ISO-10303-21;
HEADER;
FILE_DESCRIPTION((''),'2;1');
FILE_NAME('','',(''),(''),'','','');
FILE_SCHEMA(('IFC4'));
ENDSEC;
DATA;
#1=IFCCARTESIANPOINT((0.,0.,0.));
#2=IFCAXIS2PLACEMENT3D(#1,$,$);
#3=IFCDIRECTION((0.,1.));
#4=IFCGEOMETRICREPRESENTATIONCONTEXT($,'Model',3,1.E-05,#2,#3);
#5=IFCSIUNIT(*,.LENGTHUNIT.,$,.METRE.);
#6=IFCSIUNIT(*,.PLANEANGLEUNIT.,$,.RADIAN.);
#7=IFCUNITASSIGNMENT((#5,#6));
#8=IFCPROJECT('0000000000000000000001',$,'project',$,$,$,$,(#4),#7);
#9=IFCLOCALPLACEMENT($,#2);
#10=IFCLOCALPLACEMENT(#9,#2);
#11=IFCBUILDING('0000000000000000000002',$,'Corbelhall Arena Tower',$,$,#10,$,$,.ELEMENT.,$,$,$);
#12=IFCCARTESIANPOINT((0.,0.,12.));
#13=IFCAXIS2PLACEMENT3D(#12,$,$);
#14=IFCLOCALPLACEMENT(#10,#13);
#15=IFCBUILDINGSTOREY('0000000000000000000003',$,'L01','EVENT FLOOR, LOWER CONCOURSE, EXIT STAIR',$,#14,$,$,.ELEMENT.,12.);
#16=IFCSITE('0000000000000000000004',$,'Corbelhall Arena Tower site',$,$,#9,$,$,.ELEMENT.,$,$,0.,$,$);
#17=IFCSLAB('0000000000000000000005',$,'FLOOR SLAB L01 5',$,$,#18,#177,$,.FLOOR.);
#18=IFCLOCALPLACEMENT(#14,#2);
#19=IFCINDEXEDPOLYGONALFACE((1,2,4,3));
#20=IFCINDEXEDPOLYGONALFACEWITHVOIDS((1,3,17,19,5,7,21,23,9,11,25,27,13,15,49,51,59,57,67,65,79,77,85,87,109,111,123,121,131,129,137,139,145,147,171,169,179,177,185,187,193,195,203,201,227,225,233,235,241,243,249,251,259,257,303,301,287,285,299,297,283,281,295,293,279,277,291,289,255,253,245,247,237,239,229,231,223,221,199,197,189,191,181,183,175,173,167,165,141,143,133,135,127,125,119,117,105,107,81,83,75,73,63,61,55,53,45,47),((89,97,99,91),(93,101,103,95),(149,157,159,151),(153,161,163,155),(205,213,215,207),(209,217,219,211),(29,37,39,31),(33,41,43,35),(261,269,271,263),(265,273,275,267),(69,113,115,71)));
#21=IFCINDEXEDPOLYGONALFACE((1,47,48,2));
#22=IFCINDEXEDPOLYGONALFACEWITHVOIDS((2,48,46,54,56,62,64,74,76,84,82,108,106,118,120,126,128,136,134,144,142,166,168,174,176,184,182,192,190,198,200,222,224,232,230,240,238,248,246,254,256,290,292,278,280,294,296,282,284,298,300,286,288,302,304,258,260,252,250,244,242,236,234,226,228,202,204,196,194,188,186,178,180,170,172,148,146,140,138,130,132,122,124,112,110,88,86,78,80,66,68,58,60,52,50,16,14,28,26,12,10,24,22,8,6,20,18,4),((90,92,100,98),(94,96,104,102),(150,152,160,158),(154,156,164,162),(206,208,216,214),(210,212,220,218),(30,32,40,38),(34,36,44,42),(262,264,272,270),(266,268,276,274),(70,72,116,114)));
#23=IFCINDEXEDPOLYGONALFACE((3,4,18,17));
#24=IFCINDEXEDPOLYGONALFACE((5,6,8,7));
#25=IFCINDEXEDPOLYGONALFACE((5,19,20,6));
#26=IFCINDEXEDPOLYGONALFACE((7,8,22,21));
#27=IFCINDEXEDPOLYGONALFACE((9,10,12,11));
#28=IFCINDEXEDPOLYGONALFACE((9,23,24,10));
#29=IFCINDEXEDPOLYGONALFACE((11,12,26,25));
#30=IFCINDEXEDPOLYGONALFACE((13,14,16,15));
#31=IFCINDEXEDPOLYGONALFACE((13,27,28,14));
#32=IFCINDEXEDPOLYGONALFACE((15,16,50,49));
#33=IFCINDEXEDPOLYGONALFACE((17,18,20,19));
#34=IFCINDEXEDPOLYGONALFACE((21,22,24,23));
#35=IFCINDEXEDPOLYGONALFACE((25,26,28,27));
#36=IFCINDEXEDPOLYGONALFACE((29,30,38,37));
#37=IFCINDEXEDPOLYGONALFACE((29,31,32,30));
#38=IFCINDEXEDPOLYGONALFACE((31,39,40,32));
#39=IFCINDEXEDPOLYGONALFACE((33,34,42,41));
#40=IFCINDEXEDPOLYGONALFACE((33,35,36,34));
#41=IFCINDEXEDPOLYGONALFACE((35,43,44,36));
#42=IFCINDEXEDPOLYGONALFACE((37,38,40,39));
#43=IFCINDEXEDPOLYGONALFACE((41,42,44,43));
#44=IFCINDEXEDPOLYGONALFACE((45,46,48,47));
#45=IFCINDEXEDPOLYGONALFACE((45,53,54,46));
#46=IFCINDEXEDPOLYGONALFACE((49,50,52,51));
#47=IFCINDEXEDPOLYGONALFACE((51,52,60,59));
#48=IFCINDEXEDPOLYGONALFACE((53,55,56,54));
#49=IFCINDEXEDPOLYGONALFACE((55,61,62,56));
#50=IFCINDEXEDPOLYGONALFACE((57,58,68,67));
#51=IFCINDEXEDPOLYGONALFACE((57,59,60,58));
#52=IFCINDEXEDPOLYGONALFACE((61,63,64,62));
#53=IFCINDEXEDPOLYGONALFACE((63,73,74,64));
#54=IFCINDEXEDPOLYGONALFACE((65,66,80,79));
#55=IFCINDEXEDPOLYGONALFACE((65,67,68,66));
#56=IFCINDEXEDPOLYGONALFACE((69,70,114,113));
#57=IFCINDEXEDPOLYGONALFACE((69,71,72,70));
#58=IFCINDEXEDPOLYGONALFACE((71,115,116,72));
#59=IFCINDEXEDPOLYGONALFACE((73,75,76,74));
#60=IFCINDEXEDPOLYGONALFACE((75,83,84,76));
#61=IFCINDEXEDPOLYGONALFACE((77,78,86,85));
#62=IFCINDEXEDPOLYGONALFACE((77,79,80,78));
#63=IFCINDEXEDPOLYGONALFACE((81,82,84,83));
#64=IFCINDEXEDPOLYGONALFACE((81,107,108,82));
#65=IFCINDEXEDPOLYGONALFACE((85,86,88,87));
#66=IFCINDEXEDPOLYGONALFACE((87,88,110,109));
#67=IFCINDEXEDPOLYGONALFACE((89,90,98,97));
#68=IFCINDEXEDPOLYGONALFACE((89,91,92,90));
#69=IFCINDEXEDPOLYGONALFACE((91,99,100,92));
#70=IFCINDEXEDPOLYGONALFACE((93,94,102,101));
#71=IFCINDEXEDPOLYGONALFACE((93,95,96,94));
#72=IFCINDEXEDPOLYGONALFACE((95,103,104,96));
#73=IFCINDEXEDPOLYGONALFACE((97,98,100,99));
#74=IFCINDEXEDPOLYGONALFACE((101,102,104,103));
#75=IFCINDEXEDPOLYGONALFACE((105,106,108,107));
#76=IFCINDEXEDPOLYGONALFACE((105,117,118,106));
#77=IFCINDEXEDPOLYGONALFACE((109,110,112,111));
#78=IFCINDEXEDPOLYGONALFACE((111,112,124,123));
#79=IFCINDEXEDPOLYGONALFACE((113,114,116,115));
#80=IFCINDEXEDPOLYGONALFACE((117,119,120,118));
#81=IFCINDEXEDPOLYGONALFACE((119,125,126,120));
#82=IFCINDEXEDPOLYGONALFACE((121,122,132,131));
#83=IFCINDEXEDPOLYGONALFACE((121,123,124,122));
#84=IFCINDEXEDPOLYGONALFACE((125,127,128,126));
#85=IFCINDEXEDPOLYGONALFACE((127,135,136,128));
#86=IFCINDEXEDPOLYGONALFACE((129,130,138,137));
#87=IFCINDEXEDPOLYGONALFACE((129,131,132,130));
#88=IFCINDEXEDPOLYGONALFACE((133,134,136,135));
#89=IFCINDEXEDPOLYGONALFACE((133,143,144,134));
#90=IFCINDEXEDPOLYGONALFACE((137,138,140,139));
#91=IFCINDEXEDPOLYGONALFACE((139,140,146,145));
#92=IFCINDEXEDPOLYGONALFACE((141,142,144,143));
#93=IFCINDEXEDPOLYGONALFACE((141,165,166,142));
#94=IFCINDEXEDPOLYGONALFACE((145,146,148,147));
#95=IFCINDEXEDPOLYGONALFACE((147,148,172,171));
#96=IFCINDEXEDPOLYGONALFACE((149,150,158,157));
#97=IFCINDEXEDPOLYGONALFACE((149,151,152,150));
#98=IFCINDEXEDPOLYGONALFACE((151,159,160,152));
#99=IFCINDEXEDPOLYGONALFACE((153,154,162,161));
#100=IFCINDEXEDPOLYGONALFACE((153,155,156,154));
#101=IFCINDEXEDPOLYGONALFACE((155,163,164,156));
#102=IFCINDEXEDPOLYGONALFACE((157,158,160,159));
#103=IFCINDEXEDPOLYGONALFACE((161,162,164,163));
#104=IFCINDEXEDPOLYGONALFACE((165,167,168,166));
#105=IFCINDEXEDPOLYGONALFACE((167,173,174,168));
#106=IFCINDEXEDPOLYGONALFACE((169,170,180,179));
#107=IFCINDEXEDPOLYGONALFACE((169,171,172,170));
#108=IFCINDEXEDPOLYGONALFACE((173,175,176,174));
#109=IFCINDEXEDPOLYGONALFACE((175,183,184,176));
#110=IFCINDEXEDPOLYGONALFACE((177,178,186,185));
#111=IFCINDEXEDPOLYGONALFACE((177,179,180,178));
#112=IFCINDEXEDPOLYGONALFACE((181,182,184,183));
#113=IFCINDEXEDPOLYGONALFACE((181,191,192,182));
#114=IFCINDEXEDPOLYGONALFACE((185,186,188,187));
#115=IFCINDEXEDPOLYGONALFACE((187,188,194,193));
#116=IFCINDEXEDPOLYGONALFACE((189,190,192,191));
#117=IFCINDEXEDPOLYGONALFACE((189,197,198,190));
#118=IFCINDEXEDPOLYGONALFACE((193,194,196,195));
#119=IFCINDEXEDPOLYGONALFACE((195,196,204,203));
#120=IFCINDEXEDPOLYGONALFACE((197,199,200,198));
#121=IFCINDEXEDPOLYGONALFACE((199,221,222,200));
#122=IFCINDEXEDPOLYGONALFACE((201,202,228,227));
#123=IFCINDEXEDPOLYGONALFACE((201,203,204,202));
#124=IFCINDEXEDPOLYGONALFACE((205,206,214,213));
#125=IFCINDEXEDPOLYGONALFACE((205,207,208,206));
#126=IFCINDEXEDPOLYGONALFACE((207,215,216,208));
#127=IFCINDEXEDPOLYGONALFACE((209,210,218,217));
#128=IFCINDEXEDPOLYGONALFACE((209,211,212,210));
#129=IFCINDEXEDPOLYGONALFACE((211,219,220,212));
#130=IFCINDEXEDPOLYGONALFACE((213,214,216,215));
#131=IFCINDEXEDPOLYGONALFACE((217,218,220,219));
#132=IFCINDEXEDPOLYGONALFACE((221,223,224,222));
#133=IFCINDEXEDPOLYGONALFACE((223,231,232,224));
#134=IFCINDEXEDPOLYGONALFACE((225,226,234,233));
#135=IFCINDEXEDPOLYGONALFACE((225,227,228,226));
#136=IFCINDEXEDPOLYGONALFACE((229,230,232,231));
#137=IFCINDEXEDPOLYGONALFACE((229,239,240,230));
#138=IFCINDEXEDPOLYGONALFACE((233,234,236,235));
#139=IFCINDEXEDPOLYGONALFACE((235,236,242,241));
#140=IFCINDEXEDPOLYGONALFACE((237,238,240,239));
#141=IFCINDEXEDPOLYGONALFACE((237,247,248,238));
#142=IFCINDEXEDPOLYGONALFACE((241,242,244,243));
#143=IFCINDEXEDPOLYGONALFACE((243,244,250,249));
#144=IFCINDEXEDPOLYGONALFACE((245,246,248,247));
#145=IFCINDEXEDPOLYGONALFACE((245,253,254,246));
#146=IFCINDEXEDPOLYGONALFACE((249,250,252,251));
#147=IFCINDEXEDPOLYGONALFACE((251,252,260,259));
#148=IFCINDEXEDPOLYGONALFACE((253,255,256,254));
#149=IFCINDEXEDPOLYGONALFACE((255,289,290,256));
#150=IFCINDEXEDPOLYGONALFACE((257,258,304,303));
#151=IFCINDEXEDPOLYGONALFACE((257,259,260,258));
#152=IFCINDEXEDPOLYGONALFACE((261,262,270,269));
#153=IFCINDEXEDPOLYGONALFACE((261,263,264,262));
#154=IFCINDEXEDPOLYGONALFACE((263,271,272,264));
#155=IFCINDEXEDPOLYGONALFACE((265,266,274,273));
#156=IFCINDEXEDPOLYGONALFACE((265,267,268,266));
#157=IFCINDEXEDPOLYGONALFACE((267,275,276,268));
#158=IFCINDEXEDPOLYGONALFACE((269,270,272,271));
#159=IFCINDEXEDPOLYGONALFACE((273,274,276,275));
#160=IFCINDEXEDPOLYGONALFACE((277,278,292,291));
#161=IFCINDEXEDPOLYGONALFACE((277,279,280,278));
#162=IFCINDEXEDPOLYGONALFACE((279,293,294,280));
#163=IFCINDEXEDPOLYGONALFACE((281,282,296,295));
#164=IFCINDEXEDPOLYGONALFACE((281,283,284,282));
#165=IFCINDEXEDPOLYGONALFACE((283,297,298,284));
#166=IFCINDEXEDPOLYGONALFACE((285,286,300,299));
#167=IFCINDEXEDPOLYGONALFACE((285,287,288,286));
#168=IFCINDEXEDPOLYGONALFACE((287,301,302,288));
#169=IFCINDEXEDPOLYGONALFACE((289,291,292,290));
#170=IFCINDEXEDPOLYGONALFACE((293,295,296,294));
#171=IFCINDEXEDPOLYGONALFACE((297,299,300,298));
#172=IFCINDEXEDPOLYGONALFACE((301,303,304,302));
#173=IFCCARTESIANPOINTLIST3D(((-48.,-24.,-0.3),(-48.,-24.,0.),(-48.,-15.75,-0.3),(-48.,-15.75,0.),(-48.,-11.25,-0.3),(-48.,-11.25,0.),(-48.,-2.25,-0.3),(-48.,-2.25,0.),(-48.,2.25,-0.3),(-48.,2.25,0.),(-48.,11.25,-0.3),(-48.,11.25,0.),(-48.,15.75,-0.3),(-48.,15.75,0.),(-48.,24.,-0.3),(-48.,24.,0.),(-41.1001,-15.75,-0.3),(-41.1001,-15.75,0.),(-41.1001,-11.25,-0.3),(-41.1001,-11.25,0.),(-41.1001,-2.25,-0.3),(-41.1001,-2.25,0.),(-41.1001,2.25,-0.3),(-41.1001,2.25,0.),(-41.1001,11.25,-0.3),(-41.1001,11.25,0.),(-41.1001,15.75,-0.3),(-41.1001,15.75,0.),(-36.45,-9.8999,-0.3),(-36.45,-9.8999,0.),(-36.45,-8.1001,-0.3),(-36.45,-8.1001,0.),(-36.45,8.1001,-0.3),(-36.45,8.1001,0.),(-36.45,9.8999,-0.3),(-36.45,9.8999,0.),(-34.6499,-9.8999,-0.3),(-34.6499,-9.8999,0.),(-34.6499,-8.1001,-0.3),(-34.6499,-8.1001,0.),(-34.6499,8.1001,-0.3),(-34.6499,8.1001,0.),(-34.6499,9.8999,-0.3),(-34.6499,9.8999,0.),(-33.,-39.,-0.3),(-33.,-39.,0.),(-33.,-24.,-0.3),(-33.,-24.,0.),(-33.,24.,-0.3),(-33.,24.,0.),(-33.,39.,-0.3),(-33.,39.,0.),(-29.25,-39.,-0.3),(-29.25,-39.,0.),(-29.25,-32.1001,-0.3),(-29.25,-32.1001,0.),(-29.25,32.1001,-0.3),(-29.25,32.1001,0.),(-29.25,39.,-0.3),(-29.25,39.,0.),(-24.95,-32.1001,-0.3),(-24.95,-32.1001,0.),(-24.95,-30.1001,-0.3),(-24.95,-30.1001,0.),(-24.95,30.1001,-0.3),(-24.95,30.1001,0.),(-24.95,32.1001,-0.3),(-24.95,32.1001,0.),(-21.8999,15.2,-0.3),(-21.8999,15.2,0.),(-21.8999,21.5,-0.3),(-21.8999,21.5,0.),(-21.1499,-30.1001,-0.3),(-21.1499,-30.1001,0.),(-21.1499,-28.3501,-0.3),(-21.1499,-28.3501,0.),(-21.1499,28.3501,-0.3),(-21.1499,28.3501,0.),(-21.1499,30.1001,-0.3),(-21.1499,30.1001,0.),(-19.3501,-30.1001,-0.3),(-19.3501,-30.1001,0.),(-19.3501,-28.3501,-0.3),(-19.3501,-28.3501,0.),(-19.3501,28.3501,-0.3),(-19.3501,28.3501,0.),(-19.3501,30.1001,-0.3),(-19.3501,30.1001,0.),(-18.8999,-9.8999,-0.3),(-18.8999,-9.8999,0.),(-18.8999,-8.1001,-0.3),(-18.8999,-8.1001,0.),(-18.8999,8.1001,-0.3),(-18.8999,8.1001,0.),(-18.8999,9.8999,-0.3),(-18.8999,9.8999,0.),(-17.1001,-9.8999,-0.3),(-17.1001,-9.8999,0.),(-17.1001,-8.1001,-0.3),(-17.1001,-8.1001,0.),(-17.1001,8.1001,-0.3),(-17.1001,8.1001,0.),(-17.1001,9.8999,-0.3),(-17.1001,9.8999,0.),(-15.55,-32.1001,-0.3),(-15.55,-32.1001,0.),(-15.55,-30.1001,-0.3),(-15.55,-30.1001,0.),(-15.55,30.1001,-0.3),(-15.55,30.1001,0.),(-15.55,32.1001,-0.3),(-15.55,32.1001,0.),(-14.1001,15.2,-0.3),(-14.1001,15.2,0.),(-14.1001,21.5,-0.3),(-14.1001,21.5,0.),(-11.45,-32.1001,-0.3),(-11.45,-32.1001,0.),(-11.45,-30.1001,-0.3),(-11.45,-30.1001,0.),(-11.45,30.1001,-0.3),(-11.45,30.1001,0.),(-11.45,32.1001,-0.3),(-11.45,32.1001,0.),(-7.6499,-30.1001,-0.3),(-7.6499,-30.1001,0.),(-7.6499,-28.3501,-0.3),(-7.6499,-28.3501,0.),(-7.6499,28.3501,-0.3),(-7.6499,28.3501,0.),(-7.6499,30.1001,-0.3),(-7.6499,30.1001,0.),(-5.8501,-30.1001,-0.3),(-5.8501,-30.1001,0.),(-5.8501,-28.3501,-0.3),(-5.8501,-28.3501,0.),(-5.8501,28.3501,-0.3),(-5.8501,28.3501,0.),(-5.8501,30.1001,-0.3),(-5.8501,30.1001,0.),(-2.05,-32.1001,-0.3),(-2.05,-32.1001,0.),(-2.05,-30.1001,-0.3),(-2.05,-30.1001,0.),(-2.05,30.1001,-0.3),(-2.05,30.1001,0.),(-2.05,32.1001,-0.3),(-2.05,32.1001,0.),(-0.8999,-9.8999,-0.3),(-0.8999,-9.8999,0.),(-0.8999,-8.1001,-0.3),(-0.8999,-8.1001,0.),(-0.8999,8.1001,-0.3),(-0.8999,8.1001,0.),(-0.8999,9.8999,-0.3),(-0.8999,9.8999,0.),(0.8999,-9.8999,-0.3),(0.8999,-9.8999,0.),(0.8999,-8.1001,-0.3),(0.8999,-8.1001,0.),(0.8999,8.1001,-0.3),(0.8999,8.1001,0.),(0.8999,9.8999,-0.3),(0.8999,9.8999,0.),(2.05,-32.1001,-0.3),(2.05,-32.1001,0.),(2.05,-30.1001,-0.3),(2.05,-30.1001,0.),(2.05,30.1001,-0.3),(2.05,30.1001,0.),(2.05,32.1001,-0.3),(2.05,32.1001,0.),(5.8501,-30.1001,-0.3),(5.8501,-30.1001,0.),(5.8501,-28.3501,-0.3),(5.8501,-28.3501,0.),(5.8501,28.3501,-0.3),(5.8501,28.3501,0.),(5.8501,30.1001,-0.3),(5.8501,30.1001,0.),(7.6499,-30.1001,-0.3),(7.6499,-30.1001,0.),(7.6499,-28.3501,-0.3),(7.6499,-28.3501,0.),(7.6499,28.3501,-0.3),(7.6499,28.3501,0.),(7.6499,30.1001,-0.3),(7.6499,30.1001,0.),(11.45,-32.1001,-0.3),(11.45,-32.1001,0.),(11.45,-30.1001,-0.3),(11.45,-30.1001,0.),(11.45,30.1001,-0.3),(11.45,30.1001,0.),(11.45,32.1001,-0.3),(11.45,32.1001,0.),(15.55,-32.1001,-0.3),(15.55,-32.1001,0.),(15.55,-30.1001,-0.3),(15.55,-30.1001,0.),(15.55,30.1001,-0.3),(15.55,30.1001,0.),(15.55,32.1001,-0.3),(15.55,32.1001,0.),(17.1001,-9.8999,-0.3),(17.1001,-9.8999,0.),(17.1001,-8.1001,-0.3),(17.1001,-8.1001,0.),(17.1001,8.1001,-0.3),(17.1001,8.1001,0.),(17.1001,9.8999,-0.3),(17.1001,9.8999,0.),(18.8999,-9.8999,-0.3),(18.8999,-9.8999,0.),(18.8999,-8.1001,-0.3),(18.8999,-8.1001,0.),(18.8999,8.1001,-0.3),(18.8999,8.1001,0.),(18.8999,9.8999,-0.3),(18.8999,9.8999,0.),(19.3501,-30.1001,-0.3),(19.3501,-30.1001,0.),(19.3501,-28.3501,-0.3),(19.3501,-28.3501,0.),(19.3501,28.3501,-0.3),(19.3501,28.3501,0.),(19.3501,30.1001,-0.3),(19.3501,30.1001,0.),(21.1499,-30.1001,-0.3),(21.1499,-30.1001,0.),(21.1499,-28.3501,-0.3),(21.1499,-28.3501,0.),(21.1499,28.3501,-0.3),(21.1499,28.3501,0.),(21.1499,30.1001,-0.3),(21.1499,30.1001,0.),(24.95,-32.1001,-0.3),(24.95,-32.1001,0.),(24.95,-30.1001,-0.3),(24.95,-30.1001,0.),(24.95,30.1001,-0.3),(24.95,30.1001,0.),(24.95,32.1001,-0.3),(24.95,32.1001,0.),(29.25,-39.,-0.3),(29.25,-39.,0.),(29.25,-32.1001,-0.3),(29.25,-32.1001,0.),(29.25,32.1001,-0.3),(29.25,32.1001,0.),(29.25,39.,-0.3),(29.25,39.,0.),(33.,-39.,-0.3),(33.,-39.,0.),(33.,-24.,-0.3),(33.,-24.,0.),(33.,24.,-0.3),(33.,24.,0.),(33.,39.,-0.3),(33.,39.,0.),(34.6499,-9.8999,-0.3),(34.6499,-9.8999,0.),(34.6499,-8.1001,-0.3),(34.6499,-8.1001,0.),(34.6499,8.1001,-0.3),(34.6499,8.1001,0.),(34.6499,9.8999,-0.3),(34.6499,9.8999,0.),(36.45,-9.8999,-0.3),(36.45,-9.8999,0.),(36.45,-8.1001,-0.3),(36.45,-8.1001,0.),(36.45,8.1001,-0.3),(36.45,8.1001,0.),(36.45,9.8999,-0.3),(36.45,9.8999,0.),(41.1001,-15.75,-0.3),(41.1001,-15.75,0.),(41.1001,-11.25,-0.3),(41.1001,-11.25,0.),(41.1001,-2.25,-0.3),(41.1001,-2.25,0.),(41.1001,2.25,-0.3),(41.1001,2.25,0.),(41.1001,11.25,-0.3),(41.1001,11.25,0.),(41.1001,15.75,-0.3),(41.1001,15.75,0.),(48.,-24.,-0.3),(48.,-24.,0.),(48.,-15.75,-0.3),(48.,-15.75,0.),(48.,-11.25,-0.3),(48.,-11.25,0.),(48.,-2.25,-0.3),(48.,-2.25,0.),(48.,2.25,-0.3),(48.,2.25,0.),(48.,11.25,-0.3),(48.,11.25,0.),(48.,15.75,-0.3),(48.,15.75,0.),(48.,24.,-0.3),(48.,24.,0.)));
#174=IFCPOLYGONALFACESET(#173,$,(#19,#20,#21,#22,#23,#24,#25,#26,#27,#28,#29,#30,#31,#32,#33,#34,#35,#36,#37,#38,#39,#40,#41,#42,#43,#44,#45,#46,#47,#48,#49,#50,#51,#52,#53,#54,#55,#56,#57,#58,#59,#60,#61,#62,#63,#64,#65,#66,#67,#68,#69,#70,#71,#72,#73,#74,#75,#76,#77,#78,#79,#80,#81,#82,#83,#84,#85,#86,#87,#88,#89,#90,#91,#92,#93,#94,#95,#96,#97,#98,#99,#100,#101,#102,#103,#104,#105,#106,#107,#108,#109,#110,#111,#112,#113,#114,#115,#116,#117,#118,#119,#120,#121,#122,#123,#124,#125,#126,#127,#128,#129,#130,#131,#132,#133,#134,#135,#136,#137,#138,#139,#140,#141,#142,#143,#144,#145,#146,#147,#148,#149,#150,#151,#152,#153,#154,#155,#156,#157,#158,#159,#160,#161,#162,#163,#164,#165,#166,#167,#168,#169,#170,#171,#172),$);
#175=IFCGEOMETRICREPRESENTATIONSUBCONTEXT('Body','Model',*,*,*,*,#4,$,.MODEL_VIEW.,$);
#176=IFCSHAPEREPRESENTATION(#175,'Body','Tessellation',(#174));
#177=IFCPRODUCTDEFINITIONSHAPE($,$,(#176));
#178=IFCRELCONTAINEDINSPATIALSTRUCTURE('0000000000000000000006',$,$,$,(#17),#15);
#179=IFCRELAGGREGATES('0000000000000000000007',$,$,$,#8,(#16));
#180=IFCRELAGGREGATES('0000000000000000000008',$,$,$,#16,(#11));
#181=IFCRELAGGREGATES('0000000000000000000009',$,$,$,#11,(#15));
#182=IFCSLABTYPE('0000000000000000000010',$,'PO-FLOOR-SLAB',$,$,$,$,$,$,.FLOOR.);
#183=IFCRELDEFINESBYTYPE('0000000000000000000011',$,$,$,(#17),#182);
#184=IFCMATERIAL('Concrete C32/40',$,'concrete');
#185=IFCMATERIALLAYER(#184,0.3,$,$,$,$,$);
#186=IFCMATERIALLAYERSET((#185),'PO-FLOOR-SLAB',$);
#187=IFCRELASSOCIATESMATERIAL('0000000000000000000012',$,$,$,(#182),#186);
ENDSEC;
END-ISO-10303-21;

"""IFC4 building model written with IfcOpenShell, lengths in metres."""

from ifc_helpers import new_model, si_unit, direction, frame, origin, place, context, subcontext, project, spatial, polyline, outline, extrude, material, layer, layer_set, type_object, element, save


model = new_model("IFC4")

# Units and contexts
model_context = context("Model", 3, precision=1e-05, world=origin(), true_north=direction((0.0, 1.0)))
body_context = subcontext(model_context, "Body", "Model", "MODEL_VIEW")
ifc_project = project(units=[si_unit("LENGTHUNIT", "METRE"), si_unit("PLANEANGLEUNIT", "RADIAN")], contexts=[model_context])

# Site, building, storey
site_placement = place(None, origin())
site = spatial("IfcSite", under=ifc_project, at=site_placement, Name="Corbelhall Arena Tower site", CompositionType="ELEMENT", RefElevation=0.0)
building_placement = place(site_placement, origin())
building = spatial("IfcBuilding", under=site, at=building_placement, Name="Corbelhall Arena Tower", CompositionType="ELEMENT")
storey_placement = place(building_placement, frame((0.0, 0.0, 12.0)))
storey = spatial("IfcBuildingStorey", under=building, at=storey_placement, Name="L01", Description="EVENT FLOOR, LOWER CONCOURSE, EXIT STAIR", CompositionType="ELEMENT", Elevation=12.0)

# Slab
ifc_material_1 = material(Name="Concrete C32/40", Category="concrete")
ifc_layer_1 = layer(ifc_material_1, 0.3)
ifc_layer_set_1 = layer_set([ifc_layer_1], Name="PO-FLOOR-SLAB")
slab_type_1 = type_object("IfcSlabType", Name="PO-FLOOR-SLAB", PredefinedType="FLOOR", material=ifc_layer_set_1)
slab_1_placement = place(storey_placement, frame((0.0, 0.0, -0.3)))
element("IfcSlab", 1, at=slab_1_placement, inside=storey, type_object=slab_type_1, Name="FLOOR SLAB L01 5", PredefinedType="FLOOR", context=body_context, shape_type="SweptSolid", body=[
    extrude(outline(polyline([(48.0, -24.0), (33.0, -24.0), (33.0, -39.0), (29.25, -39.0), (29.25, -32.1001), (24.95, -32.1001), (24.95, -30.1001), (21.1499, -30.1001), (21.1499, -28.3501), (19.3501, -28.3501), (19.3501, -30.1001), (15.55, -30.1001), (15.55, -32.1001), (11.45, -32.1001), (11.45, -30.1001), (7.6499, -30.1001), (7.6499, -28.3501), (5.8501, -28.3501), (5.8501, -30.1001), (2.05, -30.1001), (2.05, -32.1001), (-2.05, -32.1001), (-2.05, -30.1001), (-5.8501, -30.1001), (-5.8501, -28.3501), (-7.6499, -28.3501), (-7.6499, -30.1001), (-11.45, -30.1001), (-11.45, -32.1001), (-15.55, -32.1001), (-15.55, -30.1001), (-19.3501, -30.1001), (-19.3501, -28.3501), (-21.1499, -28.3501), (-21.1499, -30.1001), (-24.95, -30.1001), (-24.95, -32.1001), (-29.25, -32.1001), (-29.25, -39.0), (-33.0, -39.0), (-33.0, -24.0), (-48.0, -24.0), (-48.0, -15.75), (-41.1001, -15.75), (-41.1001, -11.25), (-48.0, -11.25), (-48.0, -2.25), (-41.1001, -2.25), (-41.1001, 2.25), (-48.0, 2.25), (-48.0, 11.25), (-41.1001, 11.25), (-41.1001, 15.75), (-48.0, 15.75), (-48.0, 24.0), (-33.0, 24.0), (-33.0, 39.0), (-29.25, 39.0), (-29.25, 32.1001), (-24.95, 32.1001), (-24.95, 30.1001), (-21.1499, 30.1001), (-21.1499, 28.3501), (-19.3501, 28.3501), (-19.3501, 30.1001), (-15.55, 30.1001), (-15.55, 32.1001), (-11.45, 32.1001), (-11.45, 30.1001), (-7.6499, 30.1001), (-7.6499, 28.3501), (-5.8501, 28.3501), (-5.8501, 30.1001), (-2.05, 30.1001), (-2.05, 32.1001), (2.05, 32.1001), (2.05, 30.1001), (5.8501, 30.1001), (5.8501, 28.3501), (7.6499, 28.3501), (7.6499, 30.1001), (11.45, 30.1001), (11.45, 32.1001), (15.55, 32.1001), (15.55, 30.1001), (19.3501, 30.1001), (19.3501, 28.3501), (21.1499, 28.3501), (21.1499, 30.1001), (24.95, 30.1001), (24.95, 32.1001), (29.25, 32.1001), (29.25, 39.0), (33.0, 39.0), (33.0, 24.0), (48.0, 24.0), (48.0, 15.75), (41.1001, 15.75), (41.1001, 11.25), (48.0, 11.25), (48.0, 2.25), (41.1001, 2.25), (41.1001, -2.25), (48.0, -2.25), (48.0, -11.25), (41.1001, -11.25), (41.1001, -15.75), (48.0, -15.75), (48.0, -24.0)]), holes=[polyline([(-34.6499, -9.8999), (-34.6499, -8.1001), (-36.45, -8.1001), (-36.45, -9.8999), (-34.6499, -9.8999)]), polyline([(-18.8999, -9.8999), (-17.1001, -9.8999), (-17.1001, -8.1001), (-18.8999, -8.1001), (-18.8999, -9.8999)]), polyline([(-34.6499, 8.1001), (-34.6499, 9.8999), (-36.45, 9.8999), (-36.45, 8.1001), (-34.6499, 8.1001)]), polyline([(-18.8999, 8.1001), (-17.1001, 8.1001), (-17.1001, 9.8999), (-18.8999, 9.8999), (-18.8999, 8.1001)]), polyline([(-14.1001, 15.2), (-14.1001, 21.5), (-21.8999, 21.5), (-21.8999, 15.2), (-14.1001, 15.2)]), polyline([(0.8999, -9.8999), (0.8999, -8.1001), (-0.8999, -8.1001), (-0.8999, -9.8999), (0.8999, -9.8999)]), polyline([(-0.8999, 8.1001), (0.8999, 8.1001), (0.8999, 9.8999), (-0.8999, 9.8999), (-0.8999, 8.1001)]), polyline([(17.1001, -9.8999), (18.8999, -9.8999), (18.8999, -8.1001), (17.1001, -8.1001), (17.1001, -9.8999)]), polyline([(36.45, -9.8999), (36.45, -8.1001), (34.6499, -8.1001), (34.6499, -9.8999), (36.45, -9.8999)]), polyline([(17.1001, 8.1001), (18.8999, 8.1001), (18.8999, 9.8999), (17.1001, 9.8999), (17.1001, 8.1001)]), polyline([(36.45, 8.1001), (36.45, 9.8999), (34.6499, 9.8999), (34.6499, 8.1001), (36.45, 8.1001)])]), origin(), (0.0, 0.0, 1.0), 0.3),
])

save(model, "model.ifc")
